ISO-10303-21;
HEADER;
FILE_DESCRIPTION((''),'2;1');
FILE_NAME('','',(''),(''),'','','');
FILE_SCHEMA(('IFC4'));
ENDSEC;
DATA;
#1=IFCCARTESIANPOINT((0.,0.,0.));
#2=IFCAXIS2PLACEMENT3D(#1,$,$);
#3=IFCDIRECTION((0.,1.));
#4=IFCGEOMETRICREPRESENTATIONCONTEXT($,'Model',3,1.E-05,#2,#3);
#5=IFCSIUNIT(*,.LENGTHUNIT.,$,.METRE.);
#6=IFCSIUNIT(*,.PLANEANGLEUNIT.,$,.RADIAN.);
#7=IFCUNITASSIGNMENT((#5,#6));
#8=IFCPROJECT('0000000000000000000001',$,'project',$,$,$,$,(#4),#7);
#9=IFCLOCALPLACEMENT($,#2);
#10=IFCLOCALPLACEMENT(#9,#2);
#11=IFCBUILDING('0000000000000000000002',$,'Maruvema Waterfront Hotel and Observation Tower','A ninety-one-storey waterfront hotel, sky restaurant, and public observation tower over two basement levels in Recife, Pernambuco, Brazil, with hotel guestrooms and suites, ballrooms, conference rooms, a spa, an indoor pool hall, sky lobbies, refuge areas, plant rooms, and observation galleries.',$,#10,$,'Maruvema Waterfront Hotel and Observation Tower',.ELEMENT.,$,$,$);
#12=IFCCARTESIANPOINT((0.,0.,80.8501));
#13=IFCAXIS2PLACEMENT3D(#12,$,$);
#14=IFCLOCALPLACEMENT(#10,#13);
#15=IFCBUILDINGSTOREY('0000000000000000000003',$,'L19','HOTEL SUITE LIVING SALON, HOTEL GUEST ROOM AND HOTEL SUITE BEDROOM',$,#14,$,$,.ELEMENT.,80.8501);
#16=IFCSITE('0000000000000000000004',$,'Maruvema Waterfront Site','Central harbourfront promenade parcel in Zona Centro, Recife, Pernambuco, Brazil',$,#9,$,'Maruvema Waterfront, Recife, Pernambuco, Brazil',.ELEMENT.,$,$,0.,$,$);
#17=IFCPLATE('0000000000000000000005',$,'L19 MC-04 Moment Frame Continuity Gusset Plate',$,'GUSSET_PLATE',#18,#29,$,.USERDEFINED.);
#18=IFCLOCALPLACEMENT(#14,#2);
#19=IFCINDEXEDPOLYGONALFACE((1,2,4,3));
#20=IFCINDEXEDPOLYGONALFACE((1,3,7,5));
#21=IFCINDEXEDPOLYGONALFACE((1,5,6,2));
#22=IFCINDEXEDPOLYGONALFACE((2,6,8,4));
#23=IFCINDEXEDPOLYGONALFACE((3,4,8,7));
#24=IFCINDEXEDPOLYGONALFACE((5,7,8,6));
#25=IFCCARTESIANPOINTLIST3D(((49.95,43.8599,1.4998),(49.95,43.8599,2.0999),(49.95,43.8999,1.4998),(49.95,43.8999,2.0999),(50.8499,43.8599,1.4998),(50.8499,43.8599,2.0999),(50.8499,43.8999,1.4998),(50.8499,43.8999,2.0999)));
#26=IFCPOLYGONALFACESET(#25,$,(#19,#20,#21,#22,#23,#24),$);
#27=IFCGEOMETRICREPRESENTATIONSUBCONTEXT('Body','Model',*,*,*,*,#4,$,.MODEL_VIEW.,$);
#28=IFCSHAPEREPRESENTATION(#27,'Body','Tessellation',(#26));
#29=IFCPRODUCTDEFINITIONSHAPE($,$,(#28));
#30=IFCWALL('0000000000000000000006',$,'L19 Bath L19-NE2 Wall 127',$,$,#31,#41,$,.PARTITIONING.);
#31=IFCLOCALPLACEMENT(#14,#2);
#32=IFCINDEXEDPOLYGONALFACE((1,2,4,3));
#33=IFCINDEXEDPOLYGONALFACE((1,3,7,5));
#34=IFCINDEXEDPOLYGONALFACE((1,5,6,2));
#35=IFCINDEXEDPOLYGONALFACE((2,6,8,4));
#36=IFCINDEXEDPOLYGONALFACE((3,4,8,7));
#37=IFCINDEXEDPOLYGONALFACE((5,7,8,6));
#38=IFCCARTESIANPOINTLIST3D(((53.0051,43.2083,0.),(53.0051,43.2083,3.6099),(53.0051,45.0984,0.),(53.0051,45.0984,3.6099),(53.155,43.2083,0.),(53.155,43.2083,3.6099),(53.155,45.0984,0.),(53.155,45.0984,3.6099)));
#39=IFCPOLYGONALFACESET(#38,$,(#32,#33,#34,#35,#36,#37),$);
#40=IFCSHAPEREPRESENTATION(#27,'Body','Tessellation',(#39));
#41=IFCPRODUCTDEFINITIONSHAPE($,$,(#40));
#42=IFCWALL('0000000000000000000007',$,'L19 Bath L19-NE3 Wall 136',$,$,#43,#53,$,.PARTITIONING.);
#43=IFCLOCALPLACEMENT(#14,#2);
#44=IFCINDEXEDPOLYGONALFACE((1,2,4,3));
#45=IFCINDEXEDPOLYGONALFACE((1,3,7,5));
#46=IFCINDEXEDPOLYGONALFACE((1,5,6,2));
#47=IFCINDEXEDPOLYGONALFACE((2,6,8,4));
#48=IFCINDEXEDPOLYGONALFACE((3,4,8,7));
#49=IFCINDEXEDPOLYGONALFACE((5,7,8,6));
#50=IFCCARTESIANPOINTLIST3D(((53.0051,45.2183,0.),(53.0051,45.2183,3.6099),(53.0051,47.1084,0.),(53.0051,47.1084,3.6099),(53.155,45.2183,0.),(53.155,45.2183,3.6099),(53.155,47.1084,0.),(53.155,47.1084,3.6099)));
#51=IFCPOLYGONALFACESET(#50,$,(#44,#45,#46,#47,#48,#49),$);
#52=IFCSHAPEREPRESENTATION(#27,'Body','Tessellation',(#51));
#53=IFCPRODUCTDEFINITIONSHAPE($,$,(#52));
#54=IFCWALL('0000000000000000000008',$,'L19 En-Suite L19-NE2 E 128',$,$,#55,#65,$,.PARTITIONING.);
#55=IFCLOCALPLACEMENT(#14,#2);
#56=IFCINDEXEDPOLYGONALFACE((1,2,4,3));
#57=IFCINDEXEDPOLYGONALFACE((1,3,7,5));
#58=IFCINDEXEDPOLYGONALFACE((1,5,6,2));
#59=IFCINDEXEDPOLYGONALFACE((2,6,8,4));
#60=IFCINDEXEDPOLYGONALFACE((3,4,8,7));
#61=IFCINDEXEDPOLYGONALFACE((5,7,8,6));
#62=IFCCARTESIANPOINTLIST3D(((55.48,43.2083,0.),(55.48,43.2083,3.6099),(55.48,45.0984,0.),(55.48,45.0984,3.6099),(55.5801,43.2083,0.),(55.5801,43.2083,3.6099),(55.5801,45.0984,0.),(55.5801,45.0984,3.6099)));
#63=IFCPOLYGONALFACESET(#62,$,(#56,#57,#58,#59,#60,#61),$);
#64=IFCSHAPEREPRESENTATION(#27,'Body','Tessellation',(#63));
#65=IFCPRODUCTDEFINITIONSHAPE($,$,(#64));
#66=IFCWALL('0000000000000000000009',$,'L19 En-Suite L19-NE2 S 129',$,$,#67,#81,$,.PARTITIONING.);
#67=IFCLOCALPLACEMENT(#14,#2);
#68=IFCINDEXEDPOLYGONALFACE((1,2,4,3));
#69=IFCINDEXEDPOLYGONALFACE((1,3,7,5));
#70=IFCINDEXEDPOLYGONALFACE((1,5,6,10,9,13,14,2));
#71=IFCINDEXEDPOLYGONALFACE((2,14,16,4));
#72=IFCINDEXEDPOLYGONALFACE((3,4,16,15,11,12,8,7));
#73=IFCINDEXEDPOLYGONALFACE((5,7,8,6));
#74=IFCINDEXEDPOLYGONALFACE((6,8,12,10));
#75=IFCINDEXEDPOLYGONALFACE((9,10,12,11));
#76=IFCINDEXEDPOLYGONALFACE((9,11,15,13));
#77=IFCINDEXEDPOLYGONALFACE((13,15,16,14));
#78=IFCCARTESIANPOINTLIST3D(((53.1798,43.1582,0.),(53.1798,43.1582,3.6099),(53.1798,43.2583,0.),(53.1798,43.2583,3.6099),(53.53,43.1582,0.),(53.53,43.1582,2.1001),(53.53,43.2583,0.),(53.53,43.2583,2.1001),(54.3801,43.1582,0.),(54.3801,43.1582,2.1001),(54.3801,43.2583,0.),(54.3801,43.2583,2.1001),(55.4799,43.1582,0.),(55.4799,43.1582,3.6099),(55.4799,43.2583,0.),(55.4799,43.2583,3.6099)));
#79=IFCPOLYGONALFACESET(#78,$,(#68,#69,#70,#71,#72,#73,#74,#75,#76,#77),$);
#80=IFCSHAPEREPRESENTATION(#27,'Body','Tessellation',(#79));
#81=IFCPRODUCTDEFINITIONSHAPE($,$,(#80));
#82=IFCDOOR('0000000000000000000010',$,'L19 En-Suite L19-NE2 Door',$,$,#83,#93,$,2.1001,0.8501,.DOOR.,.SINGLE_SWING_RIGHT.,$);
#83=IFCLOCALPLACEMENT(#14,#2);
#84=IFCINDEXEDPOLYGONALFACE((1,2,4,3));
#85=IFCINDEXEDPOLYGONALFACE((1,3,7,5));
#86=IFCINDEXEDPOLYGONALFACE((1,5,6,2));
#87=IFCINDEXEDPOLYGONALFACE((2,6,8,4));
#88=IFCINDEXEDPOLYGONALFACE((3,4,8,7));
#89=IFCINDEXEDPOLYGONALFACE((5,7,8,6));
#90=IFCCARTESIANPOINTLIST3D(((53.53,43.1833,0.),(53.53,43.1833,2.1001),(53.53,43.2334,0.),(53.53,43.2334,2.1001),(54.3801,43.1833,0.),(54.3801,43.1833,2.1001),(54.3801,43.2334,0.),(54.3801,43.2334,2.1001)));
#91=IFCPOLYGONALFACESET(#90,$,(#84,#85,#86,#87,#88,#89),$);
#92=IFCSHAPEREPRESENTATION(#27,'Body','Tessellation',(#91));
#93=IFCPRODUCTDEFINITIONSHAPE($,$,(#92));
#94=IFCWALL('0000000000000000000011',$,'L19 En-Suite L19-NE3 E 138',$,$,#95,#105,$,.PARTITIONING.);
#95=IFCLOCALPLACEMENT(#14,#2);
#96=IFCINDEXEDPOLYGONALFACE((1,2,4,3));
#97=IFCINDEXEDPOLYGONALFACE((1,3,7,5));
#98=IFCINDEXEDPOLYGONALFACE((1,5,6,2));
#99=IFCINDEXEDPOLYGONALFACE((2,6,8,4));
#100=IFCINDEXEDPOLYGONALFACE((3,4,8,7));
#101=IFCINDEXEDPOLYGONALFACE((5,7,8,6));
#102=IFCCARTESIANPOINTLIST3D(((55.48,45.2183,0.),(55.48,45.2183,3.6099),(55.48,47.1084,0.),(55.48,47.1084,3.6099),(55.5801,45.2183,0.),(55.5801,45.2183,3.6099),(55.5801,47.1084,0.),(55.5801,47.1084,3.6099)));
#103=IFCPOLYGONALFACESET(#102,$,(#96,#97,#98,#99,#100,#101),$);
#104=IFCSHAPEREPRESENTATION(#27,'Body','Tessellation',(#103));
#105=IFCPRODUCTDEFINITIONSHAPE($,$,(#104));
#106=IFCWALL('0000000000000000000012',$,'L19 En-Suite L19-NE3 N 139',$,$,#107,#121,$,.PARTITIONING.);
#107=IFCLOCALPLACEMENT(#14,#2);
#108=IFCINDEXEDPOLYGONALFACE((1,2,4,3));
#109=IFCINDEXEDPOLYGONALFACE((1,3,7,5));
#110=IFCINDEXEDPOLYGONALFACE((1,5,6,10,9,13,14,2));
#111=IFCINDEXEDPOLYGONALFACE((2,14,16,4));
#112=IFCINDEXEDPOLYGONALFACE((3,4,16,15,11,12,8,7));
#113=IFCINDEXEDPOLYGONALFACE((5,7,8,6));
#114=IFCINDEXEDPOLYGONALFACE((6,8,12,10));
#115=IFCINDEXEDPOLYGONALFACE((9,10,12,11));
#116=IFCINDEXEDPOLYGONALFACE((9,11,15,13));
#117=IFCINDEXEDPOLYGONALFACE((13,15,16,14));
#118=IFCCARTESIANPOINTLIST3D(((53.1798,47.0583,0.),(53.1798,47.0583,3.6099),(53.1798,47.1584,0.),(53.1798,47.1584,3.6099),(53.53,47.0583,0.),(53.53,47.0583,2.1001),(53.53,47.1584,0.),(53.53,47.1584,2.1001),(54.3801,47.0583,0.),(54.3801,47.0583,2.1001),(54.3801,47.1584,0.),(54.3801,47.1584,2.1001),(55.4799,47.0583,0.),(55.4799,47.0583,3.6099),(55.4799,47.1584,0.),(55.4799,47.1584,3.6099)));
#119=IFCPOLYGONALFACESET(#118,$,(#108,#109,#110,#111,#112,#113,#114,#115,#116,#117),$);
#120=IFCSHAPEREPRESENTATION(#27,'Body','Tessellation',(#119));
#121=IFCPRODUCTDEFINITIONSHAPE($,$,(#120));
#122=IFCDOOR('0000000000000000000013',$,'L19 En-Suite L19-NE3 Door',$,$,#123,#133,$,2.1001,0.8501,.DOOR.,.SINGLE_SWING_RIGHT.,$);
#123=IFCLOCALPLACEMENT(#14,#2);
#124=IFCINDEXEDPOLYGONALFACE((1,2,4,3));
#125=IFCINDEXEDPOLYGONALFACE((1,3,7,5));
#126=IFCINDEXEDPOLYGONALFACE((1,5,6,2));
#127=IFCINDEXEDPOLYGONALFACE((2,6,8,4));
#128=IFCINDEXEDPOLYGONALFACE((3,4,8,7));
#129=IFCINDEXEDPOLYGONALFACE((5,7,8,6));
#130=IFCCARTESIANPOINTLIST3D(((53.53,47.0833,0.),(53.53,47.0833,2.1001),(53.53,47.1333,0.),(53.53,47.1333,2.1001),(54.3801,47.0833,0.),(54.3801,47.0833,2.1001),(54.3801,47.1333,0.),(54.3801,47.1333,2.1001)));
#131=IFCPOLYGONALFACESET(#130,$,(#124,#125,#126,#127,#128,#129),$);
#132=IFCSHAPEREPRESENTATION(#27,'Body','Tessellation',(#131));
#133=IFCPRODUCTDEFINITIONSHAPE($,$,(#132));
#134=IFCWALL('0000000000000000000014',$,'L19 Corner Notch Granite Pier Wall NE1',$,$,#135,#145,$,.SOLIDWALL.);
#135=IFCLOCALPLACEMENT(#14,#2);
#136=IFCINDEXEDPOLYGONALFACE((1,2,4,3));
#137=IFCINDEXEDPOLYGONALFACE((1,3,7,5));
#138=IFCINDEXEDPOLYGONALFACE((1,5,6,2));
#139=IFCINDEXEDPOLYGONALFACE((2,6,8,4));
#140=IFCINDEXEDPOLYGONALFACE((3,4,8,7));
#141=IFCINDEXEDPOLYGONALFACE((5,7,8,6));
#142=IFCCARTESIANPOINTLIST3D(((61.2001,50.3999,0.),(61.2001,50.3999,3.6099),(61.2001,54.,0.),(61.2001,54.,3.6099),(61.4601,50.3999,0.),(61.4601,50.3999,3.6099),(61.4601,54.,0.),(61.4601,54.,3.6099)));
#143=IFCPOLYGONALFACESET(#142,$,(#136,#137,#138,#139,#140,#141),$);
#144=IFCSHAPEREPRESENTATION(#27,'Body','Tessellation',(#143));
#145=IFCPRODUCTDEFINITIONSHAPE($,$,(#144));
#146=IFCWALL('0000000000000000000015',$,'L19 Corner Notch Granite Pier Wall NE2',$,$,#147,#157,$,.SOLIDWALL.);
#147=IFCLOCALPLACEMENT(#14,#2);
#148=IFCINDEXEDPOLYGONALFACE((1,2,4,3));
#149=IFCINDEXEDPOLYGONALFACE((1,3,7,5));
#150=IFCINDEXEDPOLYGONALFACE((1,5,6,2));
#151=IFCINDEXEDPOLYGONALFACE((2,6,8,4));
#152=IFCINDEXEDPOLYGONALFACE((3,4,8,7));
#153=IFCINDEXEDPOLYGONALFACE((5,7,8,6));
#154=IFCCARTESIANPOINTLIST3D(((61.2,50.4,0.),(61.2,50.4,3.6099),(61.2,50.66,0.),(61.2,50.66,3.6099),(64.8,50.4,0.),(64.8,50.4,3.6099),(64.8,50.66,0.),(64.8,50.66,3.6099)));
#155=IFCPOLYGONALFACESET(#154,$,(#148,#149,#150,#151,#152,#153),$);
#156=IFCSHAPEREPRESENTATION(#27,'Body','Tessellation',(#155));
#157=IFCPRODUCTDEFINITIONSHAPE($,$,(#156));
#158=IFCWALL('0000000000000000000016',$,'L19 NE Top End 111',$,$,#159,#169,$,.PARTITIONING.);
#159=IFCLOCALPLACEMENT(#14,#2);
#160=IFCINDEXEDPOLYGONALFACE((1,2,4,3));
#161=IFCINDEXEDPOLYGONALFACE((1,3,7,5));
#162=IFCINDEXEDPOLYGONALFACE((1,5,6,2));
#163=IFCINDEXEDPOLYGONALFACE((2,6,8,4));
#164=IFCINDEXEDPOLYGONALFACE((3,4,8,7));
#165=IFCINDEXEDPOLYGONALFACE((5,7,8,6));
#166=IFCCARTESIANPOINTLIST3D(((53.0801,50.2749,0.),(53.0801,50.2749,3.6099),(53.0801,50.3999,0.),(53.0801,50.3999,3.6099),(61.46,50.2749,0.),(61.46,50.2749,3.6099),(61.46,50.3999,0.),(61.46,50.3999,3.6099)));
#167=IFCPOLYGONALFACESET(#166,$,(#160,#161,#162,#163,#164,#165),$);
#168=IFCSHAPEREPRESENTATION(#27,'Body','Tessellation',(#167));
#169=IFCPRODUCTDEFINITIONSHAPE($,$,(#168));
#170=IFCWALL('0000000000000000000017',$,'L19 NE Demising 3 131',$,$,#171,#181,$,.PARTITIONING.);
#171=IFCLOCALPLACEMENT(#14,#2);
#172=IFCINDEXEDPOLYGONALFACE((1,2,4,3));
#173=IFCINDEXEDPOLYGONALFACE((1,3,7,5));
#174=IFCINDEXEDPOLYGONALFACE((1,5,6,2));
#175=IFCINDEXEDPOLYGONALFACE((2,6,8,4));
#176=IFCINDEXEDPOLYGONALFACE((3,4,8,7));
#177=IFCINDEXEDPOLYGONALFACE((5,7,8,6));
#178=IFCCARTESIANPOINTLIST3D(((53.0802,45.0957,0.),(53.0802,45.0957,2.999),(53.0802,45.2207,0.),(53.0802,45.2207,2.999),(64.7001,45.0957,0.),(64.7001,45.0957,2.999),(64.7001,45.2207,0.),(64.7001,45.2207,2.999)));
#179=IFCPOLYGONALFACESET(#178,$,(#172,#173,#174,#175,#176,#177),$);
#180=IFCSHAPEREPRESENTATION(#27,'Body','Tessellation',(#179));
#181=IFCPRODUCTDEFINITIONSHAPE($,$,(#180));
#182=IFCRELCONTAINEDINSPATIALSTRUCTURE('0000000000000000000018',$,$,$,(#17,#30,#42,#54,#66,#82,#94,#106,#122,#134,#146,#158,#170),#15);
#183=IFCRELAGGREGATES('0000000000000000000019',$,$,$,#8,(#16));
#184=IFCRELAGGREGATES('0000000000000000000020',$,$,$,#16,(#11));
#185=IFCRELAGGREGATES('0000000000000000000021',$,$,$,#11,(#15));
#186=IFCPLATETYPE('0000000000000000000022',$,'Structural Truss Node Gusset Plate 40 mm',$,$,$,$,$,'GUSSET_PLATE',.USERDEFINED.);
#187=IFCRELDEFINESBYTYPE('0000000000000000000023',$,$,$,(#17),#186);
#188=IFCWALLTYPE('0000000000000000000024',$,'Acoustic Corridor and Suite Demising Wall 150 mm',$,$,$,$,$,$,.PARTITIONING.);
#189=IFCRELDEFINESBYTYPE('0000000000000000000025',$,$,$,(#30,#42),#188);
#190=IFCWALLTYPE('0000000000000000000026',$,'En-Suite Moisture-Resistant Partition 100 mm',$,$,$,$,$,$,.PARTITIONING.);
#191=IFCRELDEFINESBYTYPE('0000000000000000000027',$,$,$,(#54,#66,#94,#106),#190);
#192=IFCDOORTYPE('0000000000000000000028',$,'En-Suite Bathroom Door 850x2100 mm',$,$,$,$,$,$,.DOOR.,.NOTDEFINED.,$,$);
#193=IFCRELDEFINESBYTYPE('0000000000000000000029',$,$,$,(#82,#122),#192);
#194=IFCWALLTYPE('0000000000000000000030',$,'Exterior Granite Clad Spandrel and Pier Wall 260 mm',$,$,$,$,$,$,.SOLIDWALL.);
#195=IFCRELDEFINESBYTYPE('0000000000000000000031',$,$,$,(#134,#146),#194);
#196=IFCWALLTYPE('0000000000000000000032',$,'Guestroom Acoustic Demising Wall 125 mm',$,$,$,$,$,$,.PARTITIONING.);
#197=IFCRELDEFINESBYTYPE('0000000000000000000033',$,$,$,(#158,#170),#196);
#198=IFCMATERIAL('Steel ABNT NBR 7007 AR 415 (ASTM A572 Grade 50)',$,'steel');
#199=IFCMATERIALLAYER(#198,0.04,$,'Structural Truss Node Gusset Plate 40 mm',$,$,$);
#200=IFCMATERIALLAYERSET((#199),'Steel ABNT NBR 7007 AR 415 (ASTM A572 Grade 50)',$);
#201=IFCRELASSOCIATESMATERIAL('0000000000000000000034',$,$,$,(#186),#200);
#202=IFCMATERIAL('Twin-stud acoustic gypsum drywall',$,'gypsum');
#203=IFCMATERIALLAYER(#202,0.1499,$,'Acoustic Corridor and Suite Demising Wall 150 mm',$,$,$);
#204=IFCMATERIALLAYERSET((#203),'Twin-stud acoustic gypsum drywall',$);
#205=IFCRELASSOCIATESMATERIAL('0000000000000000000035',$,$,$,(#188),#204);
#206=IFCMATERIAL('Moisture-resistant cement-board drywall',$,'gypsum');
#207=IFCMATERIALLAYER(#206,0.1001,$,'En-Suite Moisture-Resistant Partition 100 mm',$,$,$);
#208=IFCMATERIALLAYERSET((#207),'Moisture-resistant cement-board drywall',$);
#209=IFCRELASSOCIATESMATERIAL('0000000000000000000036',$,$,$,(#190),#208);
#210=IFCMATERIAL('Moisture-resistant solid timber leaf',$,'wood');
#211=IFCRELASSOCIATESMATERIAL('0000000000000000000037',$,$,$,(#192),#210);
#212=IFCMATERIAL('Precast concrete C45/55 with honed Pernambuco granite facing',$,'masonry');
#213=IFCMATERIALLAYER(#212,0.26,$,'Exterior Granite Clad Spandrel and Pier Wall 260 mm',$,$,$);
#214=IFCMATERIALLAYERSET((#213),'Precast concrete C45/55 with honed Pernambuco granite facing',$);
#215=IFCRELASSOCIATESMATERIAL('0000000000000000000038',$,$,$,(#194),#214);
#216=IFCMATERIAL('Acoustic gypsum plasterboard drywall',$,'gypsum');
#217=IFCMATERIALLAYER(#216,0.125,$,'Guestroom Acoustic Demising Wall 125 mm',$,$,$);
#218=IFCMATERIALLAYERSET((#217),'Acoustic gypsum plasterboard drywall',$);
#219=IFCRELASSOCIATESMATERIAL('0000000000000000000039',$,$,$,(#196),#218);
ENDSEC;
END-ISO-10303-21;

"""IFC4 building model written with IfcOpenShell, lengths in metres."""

from ifc_helpers import new_model, si_unit, direction, frame, frame_2d, origin, origin_2d, place, context, subcontext, project, spatial, rectangle, extrude, material, layer, layer_set, type_object, element, fill, save


model = new_model("IFC4")

# Units and contexts
model_context = context("Model", 3, precision=1e-05, world=origin(), true_north=direction((0.0, 1.0)))
body_context = subcontext(model_context, "Body", "Model", "MODEL_VIEW")
ifc_project = project(units=[si_unit("LENGTHUNIT", "METRE"), si_unit("PLANEANGLEUNIT", "RADIAN")], contexts=[model_context])

# Site, building, storey
site_placement = place(None, origin())
site = spatial("IfcSite", under=ifc_project, at=site_placement, Name="Maruvema Waterfront Site", Description="Central harbourfront promenade parcel in Zona Centro, Recife, Pernambuco, Brazil", LongName="Maruvema Waterfront, Recife, Pernambuco, Brazil", CompositionType="ELEMENT", RefElevation=0.0)
building_placement = place(site_placement, origin())
building = spatial("IfcBuilding", under=site, at=building_placement, Name="Maruvema Waterfront Hotel and Observation Tower", Description="A ninety-one-storey waterfront hotel, sky restaurant, and public observation tower over two basement levels in Recife, Pernambuco, Brazil, with hotel guestrooms and suites, ballrooms, conference rooms, a spa, an indoor pool hall, sky lobbies, refuge areas, plant rooms, and observation galleries.", LongName="Maruvema Waterfront Hotel and Observation Tower", CompositionType="ELEMENT")
storey_placement = place(building_placement, frame((0.0, 0.0, 80.8501)))
storey = spatial("IfcBuildingStorey", under=building, at=storey_placement, Name="L19", Description="HOTEL SUITE LIVING SALON, HOTEL GUEST ROOM AND HOTEL SUITE BEDROOM", CompositionType="ELEMENT", Elevation=80.8501)

# Plate
ifc_material_1 = material(Name="Steel ABNT NBR 7007 AR 415 (ASTM A572 Grade 50)", Category="steel")
ifc_layer_1 = layer(ifc_material_1, 0.04, Name="Structural Truss Node Gusset Plate 40 mm")
ifc_layer_set_1 = layer_set([ifc_layer_1], Name="Steel ABNT NBR 7007 AR 415 (ASTM A572 Grade 50)")
plate_type_1 = type_object("IfcPlateType", Name="Structural Truss Node Gusset Plate 40 mm", ElementType="GUSSET_PLATE", PredefinedType="USERDEFINED", material=ifc_layer_set_1)
plate_1_placement = place(storey_placement, frame((50.3999, 43.8799, 1.4998), z_axis=(0.0, 0.0, 1.0), x_axis=(1.0, 0.0, 0.0)))
element("IfcPlate", 1, at=plate_1_placement, inside=storey, type_object=plate_type_1, Name="L19 MC-04 Moment Frame Continuity Gusset Plate", ObjectType="GUSSET_PLATE", PredefinedType="USERDEFINED", context=body_context, shape_type="SweptSolid", body=[
    extrude(rectangle(XDim=0.8999, YDim=0.04, at=origin_2d()), origin(), (0.0, 0.0, 1.0), 0.6001),
])

# Shared definitions
ifc_material_2 = material(Name="Twin-stud acoustic gypsum drywall", Category="gypsum")
ifc_layer_2 = layer(ifc_material_2, 0.1499, Name="Acoustic Corridor and Suite Demising Wall 150 mm")
ifc_layer_set_2 = layer_set([ifc_layer_2], Name="Twin-stud acoustic gypsum drywall")
wall_type_1 = type_object("IfcWallType", Name="Acoustic Corridor and Suite Demising Wall 150 mm", PredefinedType="PARTITIONING", material=ifc_layer_set_2)

# Walls
for number, where, z_axis, x_axis, name in (
    (2, (53.0801, 43.2083, 0.0), (0.0, 0.0, 1.0), (0.0, 1.0, 0.0), "L19 Bath L19-NE2 Wall 127"),
    (3, (53.0801, 45.2183, 0.0), (0.0, 0.0, 1.0), (0.0, 1.0, 0.0), "L19 Bath L19-NE3 Wall 136"),
):
    element("IfcWall", number, at=place(storey_placement, frame(where, z_axis=z_axis, x_axis=x_axis)), inside=storey, type_object=wall_type_1, Name=name, PredefinedType="PARTITIONING", context=body_context, shape_type="SweptSolid", body=[
        extrude(rectangle(XDim=1.8901, YDim=0.1499, at=frame_2d((0.9451, 0.0))), origin(), (0.0, 0.0, 1.0), 3.6099),
    ])

# Wall
ifc_material_3 = material(Name="Moisture-resistant cement-board drywall", Category="gypsum")
ifc_layer_3 = layer(ifc_material_3, 0.1001, Name="En-Suite Moisture-Resistant Partition 100 mm")
ifc_layer_set_3 = layer_set([ifc_layer_3], Name="Moisture-resistant cement-board drywall")
wall_type_2 = type_object("IfcWallType", Name="En-Suite Moisture-Resistant Partition 100 mm", PredefinedType="PARTITIONING", material=ifc_layer_set_3)
wall_1_placement = place(storey_placement, frame((55.53, 43.2083, 0.0), z_axis=(0.0, 0.0, 1.0), x_axis=(0.0, 1.0, 0.0)))
element("IfcWall", 4, at=wall_1_placement, inside=storey, type_object=wall_type_2, Name="L19 En-Suite L19-NE2 E 128", PredefinedType="PARTITIONING", context=body_context, shape_type="SweptSolid", body=[
    extrude(rectangle(XDim=1.8901, YDim=0.1001, at=frame_2d((0.9451, 0.0))), origin(), (0.0, 0.0, 1.0), 3.6099),
])

# Wall, opening, door
wall_2_placement = place(storey_placement, frame((53.1799, 43.2083, 0.0), z_axis=(0.0, 0.0, 1.0), x_axis=(1.0, 0.0, 0.0)))
wall_2 = element("IfcWall", 5, at=wall_2_placement, inside=storey, type_object=wall_type_2, Name="L19 En-Suite L19-NE2 S 129", PredefinedType="PARTITIONING", context=body_context, shape_type="SweptSolid", body=[
    extrude(rectangle(XDim=2.3, YDim=0.1001, at=frame_2d((1.1499, 0.0))), origin(), (0.0, 0.0, 1.0), 3.6099),
])
opening_1_placement = place(wall_2_placement, frame((0.3501, 0.0, 0.0)))
opening_1 = element("IfcOpeningElement", 6, at=opening_1_placement, cuts=wall_2, PredefinedType="OPENING", context=body_context, shape_type="SweptSolid", body=[
    extrude(rectangle(XDim=0.8501, YDim=2.1001, at=frame_2d((0.425, 1.05))), frame((0.0, 0.0601, 0.0), z_axis=(0.0, -1.0, 0.0), x_axis=(1.0, 0.0, 0.0)), (0.0, 0.0, 1.0), 0.1201),
])
ifc_material_4 = material(Name="Moisture-resistant solid timber leaf", Category="wood")
door_type_1 = type_object("IfcDoorType", Name="En-Suite Bathroom Door 850x2100 mm", OperationType="NOTDEFINED", PredefinedType="DOOR", material=ifc_material_4)
door_1_placement = place(opening_1_placement, frame((0.8501, 0.0, 0.0), z_axis=(0.0, 0.0, 1.0), x_axis=(-1.0, 0.0, 0.0)))
door_1 = element("IfcDoor", 7, at=door_1_placement, inside=storey, type_object=door_type_1, Name="L19 En-Suite L19-NE2 Door", OperationType="SINGLE_SWING_RIGHT", OverallHeight=2.1001, OverallWidth=0.8501, PredefinedType="DOOR", context=body_context, shape_type="SweptSolid", body=[
    extrude(rectangle(XDim=0.8501, YDim=2.1001, at=frame_2d((0.425, 1.05))), frame((0.0, 0.0249, 0.0), z_axis=(0.0, -1.0, 0.0), x_axis=(1.0, 0.0, 0.0)), (0.0, 0.0, 1.0), 0.05),
])
fill(opening_1, door_1)

# Wall
wall_3_placement = place(storey_placement, frame((55.53, 45.2183, 0.0), z_axis=(0.0, 0.0, 1.0), x_axis=(0.0, 1.0, 0.0)))
element("IfcWall", 8, at=wall_3_placement, inside=storey, type_object=wall_type_2, Name="L19 En-Suite L19-NE3 E 138", PredefinedType="PARTITIONING", context=body_context, shape_type="SweptSolid", body=[
    extrude(rectangle(XDim=1.8901, YDim=0.1001, at=frame_2d((0.9451, 0.0))), origin(), (0.0, 0.0, 1.0), 3.6099),
])

# Wall, opening, door
wall_4_placement = place(storey_placement, frame((53.1799, 47.1084, 0.0), z_axis=(0.0, 0.0, 1.0), x_axis=(1.0, 0.0, 0.0)))
wall_4 = element("IfcWall", 9, at=wall_4_placement, inside=storey, type_object=wall_type_2, Name="L19 En-Suite L19-NE3 N 139", PredefinedType="PARTITIONING", context=body_context, shape_type="SweptSolid", body=[
    extrude(rectangle(XDim=2.3, YDim=0.1001, at=frame_2d((1.1499, 0.0))), origin(), (0.0, 0.0, 1.0), 3.6099),
])
opening_2_placement = place(wall_4_placement, frame((0.3501, 0.0, 0.0)))
opening_2 = element("IfcOpeningElement", 10, at=opening_2_placement, cuts=wall_4, PredefinedType="OPENING", context=body_context, shape_type="SweptSolid", body=[
    extrude(rectangle(XDim=0.8501, YDim=2.1001, at=frame_2d((0.425, 1.05))), frame((0.0, 0.0601, 0.0), z_axis=(0.0, -1.0, 0.0), x_axis=(1.0, 0.0, 0.0)), (0.0, 0.0, 1.0), 0.1201),
])
door_2_placement = place(opening_2_placement, origin())
door_2 = element("IfcDoor", 11, at=door_2_placement, inside=storey, type_object=door_type_1, Name="L19 En-Suite L19-NE3 Door", OperationType="SINGLE_SWING_RIGHT", OverallHeight=2.1001, OverallWidth=0.8501, PredefinedType="DOOR", context=body_context, shape_type="SweptSolid", body=[
    extrude(rectangle(XDim=0.8501, YDim=2.1001, at=frame_2d((0.425, 1.05))), frame((0.0, 0.0249, 0.0), z_axis=(0.0, -1.0, 0.0), x_axis=(1.0, 0.0, 0.0)), (0.0, 0.0, 1.0), 0.05),
])
fill(opening_2, door_2)

# Walls
ifc_material_5 = material(Name="Precast concrete C45/55 with honed Pernambuco granite facing", Category="masonry")
ifc_layer_4 = layer(ifc_material_5, 0.26, Name="Exterior Granite Clad Spandrel and Pier Wall 260 mm")
ifc_layer_set_4 = layer_set([ifc_layer_4], Name="Precast concrete C45/55 with honed Pernambuco granite facing")
wall_type_3 = type_object("IfcWallType", Name="Exterior Granite Clad Spandrel and Pier Wall 260 mm", PredefinedType="SOLIDWALL", material=ifc_layer_set_4)
for number, where, z_axis, x_axis, name in (
    (12, (61.3301, 54.0, 0.0), (0.0, 0.0, 1.0), (0.0, -1.0, 0.0), "L19 Corner Notch Granite Pier Wall NE1"),
    (13, (61.2, 50.53, 0.0), (0.0, 0.0, 1.0), (1.0, 0.0, 0.0), "L19 Corner Notch Granite Pier Wall NE2"),
):
    element("IfcWall", number, at=place(storey_placement, frame(where, z_axis=z_axis, x_axis=x_axis)), inside=storey, type_object=wall_type_3, Name=name, PredefinedType="SOLIDWALL", context=body_context, shape_type="SweptSolid", body=[
        extrude(rectangle(XDim=3.6001, YDim=0.26, at=frame_2d((1.8, 0.0))), origin(), (0.0, 0.0, 1.0), 3.6099),
    ])
ifc_material_6 = material(Name="Acoustic gypsum plasterboard drywall", Category="gypsum")
ifc_layer_5 = layer(ifc_material_6, 0.125, Name="Guestroom Acoustic Demising Wall 125 mm")
ifc_layer_set_5 = layer_set([ifc_layer_5], Name="Acoustic gypsum plasterboard drywall")
wall_type_4 = type_object("IfcWallType", Name="Guestroom Acoustic Demising Wall 125 mm", PredefinedType="PARTITIONING", material=ifc_layer_set_5)
wall_5_placement = place(storey_placement, frame((53.0801, 50.3374, 0.0), z_axis=(0.0, 0.0, 1.0), x_axis=(1.0, 0.0, 0.0)))
element("IfcWall", 14, at=wall_5_placement, inside=storey, type_object=wall_type_4, Name="L19 NE Top End 111", PredefinedType="PARTITIONING", context=body_context, shape_type="SweptSolid", body=[
    extrude(rectangle(XDim=8.3799, YDim=0.125, at=frame_2d((4.1899, 0.0))), origin(), (0.0, 0.0, 1.0), 3.6099),
])
wall_6_placement = place(storey_placement, frame((53.0801, 45.1582, 0.0), z_axis=(0.0, 0.0, 1.0), x_axis=(1.0, 0.0, 0.0)))
element("IfcWall", 15, at=wall_6_placement, inside=storey, type_object=wall_type_4, Name="L19 NE Demising 3 131", PredefinedType="PARTITIONING", context=body_context, shape_type="SweptSolid", body=[
    extrude(rectangle(XDim=11.6199, YDim=0.125, at=frame_2d((5.8101, 0.0))), origin(), (0.0, 0.0, 1.0), 2.999),
])

save(model, "model.ifc")
